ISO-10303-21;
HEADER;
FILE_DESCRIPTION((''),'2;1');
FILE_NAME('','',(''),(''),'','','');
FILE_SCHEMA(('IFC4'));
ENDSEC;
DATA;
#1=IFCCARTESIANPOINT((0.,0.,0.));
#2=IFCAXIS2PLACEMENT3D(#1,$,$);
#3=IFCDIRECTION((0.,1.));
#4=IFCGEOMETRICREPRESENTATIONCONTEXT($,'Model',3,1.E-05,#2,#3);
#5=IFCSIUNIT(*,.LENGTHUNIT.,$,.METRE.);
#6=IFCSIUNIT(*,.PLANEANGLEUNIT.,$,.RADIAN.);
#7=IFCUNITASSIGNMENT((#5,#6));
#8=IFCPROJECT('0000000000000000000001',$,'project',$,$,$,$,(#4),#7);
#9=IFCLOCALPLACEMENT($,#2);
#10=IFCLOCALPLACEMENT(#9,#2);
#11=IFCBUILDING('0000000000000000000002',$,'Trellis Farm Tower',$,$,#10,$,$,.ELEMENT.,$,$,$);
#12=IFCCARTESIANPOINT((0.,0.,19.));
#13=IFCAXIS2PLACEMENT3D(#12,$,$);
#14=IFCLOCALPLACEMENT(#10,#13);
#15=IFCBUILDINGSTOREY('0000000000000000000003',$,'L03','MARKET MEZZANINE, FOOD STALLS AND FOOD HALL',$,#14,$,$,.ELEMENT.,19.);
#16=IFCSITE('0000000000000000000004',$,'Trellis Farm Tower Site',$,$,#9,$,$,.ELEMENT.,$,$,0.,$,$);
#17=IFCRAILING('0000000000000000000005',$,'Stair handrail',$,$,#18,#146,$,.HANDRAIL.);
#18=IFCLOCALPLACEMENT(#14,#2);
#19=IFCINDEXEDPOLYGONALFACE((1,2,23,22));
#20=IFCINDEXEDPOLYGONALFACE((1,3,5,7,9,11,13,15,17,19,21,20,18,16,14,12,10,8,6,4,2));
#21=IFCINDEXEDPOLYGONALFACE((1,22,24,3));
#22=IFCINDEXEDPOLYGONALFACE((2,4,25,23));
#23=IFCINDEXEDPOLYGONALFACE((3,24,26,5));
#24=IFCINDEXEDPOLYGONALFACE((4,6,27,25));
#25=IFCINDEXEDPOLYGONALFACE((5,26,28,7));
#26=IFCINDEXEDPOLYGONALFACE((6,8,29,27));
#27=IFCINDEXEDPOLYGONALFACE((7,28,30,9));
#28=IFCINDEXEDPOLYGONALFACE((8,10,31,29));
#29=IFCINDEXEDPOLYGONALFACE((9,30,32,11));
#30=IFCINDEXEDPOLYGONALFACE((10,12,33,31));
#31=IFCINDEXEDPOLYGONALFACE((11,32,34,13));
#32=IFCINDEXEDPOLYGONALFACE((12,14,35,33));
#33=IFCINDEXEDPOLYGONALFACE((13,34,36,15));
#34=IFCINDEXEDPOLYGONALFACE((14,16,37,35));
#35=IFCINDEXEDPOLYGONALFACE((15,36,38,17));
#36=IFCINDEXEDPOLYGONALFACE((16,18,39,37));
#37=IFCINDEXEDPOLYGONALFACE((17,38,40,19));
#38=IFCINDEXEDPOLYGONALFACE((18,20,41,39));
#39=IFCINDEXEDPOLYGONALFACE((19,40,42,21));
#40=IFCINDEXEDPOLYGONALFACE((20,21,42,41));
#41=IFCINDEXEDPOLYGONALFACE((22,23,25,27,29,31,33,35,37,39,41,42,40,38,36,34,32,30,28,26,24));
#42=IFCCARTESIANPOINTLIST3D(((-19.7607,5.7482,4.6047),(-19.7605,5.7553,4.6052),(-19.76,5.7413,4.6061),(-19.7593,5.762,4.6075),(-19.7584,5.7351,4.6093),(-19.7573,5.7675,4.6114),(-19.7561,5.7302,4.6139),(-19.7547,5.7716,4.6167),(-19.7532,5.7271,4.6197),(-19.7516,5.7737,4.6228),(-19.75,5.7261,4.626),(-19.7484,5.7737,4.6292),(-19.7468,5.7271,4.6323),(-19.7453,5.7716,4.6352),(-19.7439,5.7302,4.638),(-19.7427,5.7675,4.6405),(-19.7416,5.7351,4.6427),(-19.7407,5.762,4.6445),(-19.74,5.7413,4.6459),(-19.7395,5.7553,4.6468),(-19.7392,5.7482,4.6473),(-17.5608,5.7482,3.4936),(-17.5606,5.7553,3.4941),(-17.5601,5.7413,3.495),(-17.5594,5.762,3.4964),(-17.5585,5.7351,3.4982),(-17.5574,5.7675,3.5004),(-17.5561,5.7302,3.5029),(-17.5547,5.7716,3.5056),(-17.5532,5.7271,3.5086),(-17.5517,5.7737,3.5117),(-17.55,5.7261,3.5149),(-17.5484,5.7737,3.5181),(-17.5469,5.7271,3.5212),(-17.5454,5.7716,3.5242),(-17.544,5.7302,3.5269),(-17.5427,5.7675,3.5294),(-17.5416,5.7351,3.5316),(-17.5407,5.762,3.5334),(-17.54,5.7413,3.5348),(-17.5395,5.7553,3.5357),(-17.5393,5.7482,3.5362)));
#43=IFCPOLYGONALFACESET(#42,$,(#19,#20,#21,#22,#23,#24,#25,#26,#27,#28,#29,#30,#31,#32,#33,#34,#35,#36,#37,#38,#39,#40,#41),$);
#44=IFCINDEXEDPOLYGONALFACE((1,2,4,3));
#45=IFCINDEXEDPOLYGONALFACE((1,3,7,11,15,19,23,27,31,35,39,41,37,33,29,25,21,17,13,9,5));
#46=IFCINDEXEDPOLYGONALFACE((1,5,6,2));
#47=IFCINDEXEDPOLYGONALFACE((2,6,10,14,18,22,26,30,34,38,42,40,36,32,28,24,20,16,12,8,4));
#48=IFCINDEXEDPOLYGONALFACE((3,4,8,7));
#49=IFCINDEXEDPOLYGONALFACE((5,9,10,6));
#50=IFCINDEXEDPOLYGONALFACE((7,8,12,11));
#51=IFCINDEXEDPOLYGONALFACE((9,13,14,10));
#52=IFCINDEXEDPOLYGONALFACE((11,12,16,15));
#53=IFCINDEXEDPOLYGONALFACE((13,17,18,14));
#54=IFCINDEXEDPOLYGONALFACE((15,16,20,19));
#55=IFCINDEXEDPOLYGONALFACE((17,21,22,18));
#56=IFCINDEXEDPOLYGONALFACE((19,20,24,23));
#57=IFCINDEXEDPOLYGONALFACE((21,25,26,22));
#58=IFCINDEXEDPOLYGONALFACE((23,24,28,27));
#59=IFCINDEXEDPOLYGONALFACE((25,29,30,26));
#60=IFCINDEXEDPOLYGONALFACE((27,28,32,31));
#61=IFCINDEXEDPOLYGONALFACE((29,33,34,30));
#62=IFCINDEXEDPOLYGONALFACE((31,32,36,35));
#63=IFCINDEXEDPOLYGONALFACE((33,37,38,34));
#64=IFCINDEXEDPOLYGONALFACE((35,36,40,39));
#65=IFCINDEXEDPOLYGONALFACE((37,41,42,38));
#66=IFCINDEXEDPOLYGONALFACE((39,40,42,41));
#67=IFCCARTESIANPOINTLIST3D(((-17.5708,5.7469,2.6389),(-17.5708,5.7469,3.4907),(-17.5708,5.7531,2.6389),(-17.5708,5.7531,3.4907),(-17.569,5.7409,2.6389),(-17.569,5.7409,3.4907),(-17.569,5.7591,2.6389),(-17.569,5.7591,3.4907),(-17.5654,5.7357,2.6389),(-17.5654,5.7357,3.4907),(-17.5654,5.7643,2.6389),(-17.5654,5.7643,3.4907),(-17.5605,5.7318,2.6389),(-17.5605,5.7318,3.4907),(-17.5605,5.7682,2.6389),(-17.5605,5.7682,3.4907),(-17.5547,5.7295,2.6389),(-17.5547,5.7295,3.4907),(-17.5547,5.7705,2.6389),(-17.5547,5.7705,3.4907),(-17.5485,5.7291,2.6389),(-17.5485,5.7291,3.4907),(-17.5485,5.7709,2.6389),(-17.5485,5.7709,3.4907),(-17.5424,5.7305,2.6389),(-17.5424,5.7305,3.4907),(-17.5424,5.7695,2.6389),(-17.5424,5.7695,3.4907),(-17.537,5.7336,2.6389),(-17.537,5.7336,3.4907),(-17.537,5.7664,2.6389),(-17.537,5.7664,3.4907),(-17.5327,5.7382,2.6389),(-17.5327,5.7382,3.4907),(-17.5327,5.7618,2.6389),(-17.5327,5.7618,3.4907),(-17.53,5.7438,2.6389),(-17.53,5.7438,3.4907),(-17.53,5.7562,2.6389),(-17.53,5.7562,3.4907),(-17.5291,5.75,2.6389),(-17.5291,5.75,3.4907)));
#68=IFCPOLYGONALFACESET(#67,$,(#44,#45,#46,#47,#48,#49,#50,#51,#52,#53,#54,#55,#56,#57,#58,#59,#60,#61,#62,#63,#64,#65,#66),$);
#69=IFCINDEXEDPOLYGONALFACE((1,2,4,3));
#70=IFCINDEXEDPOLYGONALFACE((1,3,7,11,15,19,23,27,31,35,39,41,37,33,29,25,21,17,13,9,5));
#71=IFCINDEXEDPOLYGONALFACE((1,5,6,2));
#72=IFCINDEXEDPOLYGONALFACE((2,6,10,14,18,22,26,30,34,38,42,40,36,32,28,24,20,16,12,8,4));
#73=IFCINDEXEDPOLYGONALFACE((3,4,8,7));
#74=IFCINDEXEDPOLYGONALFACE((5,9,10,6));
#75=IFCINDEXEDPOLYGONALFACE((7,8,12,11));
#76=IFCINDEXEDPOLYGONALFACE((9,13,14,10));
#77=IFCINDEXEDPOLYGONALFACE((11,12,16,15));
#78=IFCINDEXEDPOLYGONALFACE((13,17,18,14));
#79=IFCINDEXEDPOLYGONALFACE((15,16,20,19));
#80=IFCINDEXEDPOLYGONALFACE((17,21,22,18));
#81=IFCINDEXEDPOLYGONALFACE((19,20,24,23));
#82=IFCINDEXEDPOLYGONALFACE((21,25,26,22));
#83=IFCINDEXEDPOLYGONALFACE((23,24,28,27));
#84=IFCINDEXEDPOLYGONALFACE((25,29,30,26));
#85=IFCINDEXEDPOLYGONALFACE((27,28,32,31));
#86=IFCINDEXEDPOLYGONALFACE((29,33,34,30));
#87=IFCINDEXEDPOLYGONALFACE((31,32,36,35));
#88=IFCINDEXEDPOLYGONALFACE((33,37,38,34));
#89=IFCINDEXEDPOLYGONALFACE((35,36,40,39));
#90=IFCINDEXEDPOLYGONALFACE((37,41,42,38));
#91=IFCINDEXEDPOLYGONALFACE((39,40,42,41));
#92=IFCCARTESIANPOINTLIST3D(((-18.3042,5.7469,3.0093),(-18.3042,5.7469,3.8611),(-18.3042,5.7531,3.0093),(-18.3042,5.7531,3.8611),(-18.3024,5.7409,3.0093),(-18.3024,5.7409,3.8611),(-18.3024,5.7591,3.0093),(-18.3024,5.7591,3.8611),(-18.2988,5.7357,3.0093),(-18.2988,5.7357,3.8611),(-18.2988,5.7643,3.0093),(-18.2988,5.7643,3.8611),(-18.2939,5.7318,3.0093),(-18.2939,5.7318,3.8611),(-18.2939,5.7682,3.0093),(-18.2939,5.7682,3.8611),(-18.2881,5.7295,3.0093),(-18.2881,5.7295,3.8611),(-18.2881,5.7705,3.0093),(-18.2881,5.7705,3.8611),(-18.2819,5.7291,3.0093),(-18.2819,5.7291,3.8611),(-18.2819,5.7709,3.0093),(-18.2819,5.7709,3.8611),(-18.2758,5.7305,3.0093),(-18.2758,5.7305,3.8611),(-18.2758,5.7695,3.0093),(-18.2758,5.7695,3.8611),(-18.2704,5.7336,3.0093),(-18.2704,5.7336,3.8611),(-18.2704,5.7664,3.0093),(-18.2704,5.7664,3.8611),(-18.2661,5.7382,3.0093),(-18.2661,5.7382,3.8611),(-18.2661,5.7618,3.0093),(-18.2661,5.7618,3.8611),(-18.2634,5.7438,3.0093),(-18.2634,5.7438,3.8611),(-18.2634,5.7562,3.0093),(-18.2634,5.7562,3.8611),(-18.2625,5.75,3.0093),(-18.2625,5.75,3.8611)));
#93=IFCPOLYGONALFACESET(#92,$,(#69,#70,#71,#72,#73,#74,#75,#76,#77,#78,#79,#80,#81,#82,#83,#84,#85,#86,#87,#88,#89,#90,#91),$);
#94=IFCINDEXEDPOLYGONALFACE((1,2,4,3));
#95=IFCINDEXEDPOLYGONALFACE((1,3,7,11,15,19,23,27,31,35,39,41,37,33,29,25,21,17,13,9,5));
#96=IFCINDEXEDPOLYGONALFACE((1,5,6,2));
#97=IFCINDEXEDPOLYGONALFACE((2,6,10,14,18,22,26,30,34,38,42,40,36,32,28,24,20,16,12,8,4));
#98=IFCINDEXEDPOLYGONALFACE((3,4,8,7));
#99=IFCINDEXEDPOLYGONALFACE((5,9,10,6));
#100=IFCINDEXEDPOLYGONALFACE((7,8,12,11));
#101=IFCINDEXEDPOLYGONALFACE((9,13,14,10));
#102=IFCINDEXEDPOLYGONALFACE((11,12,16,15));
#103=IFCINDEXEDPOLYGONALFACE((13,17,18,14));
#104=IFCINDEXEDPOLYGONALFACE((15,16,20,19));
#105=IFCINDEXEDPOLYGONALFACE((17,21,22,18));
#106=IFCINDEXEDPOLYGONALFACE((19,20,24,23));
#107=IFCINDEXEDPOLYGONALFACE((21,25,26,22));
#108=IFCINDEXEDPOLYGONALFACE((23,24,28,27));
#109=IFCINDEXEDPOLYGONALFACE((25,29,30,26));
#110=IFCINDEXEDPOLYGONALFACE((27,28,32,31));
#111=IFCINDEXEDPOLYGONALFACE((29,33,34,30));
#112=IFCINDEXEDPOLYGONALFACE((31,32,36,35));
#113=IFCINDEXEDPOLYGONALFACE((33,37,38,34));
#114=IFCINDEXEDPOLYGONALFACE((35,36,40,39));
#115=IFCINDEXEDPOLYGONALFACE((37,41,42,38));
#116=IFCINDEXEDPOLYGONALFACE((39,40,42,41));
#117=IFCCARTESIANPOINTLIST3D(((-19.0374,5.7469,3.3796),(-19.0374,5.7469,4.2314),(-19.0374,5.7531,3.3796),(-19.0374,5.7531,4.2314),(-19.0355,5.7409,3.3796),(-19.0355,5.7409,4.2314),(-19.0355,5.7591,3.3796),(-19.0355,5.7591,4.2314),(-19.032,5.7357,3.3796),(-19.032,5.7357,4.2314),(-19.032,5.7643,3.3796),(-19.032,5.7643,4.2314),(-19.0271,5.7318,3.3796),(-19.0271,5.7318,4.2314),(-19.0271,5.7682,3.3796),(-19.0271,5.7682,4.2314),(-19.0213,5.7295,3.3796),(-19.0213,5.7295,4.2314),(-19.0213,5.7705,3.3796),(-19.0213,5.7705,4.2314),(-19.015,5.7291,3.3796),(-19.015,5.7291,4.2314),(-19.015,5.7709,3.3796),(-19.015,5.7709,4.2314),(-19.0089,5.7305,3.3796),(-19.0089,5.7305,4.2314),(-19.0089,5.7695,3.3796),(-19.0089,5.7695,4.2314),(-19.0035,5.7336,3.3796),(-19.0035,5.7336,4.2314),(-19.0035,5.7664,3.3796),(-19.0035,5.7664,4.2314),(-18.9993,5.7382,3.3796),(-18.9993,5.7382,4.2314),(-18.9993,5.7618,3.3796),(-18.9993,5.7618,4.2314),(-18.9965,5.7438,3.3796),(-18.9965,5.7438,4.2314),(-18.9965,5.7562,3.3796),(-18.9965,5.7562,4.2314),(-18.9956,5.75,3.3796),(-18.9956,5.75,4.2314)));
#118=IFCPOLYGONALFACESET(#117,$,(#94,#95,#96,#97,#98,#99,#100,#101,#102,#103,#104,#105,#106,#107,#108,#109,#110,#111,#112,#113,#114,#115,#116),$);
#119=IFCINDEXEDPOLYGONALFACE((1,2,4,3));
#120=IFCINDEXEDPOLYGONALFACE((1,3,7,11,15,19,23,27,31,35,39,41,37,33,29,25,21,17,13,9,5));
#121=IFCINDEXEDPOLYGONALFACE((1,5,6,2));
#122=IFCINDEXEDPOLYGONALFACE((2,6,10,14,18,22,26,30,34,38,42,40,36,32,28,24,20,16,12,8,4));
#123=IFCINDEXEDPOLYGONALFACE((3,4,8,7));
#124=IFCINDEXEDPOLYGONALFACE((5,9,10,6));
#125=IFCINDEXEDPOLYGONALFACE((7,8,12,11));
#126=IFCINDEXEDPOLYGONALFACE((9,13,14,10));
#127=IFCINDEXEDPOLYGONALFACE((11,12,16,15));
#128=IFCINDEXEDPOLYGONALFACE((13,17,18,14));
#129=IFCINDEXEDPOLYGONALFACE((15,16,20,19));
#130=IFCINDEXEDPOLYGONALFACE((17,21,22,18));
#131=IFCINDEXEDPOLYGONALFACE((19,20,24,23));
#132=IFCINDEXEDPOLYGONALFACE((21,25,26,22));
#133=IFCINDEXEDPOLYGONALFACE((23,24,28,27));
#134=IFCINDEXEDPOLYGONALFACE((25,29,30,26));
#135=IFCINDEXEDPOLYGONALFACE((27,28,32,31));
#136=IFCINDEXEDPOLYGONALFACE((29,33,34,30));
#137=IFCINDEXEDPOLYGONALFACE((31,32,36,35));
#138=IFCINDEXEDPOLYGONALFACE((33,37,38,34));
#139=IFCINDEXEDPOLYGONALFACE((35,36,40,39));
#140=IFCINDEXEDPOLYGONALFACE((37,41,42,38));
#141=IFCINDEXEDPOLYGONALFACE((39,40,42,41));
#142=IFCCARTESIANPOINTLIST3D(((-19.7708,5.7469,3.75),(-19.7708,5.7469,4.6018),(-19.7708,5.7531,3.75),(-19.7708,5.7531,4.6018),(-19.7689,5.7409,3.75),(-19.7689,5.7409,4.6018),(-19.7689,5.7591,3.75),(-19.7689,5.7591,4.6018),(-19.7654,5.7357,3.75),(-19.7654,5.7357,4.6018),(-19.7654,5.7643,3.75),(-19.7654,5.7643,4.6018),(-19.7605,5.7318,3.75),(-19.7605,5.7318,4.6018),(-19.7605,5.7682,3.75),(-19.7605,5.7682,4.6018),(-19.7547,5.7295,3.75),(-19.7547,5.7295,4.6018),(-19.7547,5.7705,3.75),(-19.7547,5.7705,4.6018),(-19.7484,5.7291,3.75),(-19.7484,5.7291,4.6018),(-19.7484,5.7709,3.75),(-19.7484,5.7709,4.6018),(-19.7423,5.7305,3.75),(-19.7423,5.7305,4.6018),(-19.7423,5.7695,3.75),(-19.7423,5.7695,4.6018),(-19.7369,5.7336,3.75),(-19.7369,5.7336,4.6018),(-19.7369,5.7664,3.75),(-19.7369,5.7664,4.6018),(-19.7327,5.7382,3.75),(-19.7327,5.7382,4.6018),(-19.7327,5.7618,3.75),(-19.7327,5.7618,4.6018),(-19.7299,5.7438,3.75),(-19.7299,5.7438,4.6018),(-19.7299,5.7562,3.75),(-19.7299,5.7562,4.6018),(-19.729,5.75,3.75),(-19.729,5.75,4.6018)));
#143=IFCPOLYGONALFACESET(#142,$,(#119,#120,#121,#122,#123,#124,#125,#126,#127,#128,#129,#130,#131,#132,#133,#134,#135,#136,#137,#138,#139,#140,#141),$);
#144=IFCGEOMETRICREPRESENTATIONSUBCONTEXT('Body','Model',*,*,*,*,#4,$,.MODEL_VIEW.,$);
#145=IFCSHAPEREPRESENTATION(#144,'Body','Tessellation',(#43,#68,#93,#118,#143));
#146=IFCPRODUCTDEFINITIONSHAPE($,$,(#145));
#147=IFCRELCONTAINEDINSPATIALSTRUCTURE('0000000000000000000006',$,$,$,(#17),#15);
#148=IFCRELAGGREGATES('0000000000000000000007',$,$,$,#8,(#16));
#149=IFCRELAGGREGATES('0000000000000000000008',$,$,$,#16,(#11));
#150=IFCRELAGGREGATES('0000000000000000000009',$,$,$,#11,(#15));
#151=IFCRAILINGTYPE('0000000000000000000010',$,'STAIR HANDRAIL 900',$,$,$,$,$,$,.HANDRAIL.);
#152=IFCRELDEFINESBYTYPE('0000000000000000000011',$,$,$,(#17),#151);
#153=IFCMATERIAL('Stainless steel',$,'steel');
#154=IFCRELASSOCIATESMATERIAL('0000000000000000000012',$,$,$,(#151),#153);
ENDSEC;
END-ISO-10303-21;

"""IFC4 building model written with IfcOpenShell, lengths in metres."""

from ifc_helpers import new_model, si_unit, direction, frame, origin, origin_2d, place, context, subcontext, project, spatial, circle, extrude, source, transform, mapped, material, type_object, element, save


model = new_model("IFC4")

# Units and contexts
model_context = context("Model", 3, precision=1e-05, world=origin(), true_north=direction((0.0, 1.0)))
body_context = subcontext(model_context, "Body", "Model", "MODEL_VIEW")
ifc_project = project(units=[si_unit("LENGTHUNIT", "METRE"), si_unit("PLANEANGLEUNIT", "RADIAN")], contexts=[model_context])

# Site, building, storey
site_placement = place(None, origin())
site = spatial("IfcSite", under=ifc_project, at=site_placement, Name="Trellis Farm Tower Site", CompositionType="ELEMENT", RefElevation=0.0)
building_placement = place(site_placement, origin())
building = spatial("IfcBuilding", under=site, at=building_placement, Name="Trellis Farm Tower", CompositionType="ELEMENT")
storey_placement = place(building_placement, frame((0.0, 0.0, 19.0)))
storey = spatial("IfcBuildingStorey", under=building, at=storey_placement, Name="L03", Description="MARKET MEZZANINE, FOOD STALLS AND FOOD HALL", CompositionType="ELEMENT", Elevation=19.0)

# Railing
ifc_material_1 = material(Name="Stainless steel", Category="steel")
railing_type = type_object("IfcRailingType", Name="STAIR HANDRAIL 900", PredefinedType="HANDRAIL", material=ifc_material_1)
shared_shape_1 = source(origin(), body_context, "Body", "SweptSolid", [
    extrude(circle(Radius=0.0239, at=origin_2d()), frame((0.0, 0.0, 0.876), z_axis=(-0.892617, 0.0, 0.450816), x_axis=(0.0, -1.0, 0.0)), (0.0, 0.0, 1.0), 2.4646),
    extrude(circle(Radius=0.021, at=origin_2d()), origin(), (0.0, 0.0, 1.0), 0.8518),
    extrude(circle(Radius=0.021, at=origin_2d()), frame((-0.7334, 0.0, 0.3704)), (0.0, 0.0, 1.0), 0.8518),
    extrude(circle(Radius=0.021, at=origin_2d()), frame((-1.4666, 0.0, 0.7407)), (0.0, 0.0, 1.0), 0.8518),
    extrude(circle(Radius=0.021, at=origin_2d()), frame((-2.2, 0.0, 1.1111)), (0.0, 0.0, 1.0), 0.8518),
])
for number, where, name in (
    (1, (-17.55, 5.75, 2.6389), "Stair handrail"),
):
    element("IfcRailing", number, at=place(storey_placement, frame(where)), inside=storey, type_object=railing_type, Name=name, PredefinedType="HANDRAIL", context=body_context, shape_type="MappedRepresentation", body=[
        mapped(shared_shape_1, transform((0.0, 0.0, 0.0))),
    ])

save(model, "model.ifc")
